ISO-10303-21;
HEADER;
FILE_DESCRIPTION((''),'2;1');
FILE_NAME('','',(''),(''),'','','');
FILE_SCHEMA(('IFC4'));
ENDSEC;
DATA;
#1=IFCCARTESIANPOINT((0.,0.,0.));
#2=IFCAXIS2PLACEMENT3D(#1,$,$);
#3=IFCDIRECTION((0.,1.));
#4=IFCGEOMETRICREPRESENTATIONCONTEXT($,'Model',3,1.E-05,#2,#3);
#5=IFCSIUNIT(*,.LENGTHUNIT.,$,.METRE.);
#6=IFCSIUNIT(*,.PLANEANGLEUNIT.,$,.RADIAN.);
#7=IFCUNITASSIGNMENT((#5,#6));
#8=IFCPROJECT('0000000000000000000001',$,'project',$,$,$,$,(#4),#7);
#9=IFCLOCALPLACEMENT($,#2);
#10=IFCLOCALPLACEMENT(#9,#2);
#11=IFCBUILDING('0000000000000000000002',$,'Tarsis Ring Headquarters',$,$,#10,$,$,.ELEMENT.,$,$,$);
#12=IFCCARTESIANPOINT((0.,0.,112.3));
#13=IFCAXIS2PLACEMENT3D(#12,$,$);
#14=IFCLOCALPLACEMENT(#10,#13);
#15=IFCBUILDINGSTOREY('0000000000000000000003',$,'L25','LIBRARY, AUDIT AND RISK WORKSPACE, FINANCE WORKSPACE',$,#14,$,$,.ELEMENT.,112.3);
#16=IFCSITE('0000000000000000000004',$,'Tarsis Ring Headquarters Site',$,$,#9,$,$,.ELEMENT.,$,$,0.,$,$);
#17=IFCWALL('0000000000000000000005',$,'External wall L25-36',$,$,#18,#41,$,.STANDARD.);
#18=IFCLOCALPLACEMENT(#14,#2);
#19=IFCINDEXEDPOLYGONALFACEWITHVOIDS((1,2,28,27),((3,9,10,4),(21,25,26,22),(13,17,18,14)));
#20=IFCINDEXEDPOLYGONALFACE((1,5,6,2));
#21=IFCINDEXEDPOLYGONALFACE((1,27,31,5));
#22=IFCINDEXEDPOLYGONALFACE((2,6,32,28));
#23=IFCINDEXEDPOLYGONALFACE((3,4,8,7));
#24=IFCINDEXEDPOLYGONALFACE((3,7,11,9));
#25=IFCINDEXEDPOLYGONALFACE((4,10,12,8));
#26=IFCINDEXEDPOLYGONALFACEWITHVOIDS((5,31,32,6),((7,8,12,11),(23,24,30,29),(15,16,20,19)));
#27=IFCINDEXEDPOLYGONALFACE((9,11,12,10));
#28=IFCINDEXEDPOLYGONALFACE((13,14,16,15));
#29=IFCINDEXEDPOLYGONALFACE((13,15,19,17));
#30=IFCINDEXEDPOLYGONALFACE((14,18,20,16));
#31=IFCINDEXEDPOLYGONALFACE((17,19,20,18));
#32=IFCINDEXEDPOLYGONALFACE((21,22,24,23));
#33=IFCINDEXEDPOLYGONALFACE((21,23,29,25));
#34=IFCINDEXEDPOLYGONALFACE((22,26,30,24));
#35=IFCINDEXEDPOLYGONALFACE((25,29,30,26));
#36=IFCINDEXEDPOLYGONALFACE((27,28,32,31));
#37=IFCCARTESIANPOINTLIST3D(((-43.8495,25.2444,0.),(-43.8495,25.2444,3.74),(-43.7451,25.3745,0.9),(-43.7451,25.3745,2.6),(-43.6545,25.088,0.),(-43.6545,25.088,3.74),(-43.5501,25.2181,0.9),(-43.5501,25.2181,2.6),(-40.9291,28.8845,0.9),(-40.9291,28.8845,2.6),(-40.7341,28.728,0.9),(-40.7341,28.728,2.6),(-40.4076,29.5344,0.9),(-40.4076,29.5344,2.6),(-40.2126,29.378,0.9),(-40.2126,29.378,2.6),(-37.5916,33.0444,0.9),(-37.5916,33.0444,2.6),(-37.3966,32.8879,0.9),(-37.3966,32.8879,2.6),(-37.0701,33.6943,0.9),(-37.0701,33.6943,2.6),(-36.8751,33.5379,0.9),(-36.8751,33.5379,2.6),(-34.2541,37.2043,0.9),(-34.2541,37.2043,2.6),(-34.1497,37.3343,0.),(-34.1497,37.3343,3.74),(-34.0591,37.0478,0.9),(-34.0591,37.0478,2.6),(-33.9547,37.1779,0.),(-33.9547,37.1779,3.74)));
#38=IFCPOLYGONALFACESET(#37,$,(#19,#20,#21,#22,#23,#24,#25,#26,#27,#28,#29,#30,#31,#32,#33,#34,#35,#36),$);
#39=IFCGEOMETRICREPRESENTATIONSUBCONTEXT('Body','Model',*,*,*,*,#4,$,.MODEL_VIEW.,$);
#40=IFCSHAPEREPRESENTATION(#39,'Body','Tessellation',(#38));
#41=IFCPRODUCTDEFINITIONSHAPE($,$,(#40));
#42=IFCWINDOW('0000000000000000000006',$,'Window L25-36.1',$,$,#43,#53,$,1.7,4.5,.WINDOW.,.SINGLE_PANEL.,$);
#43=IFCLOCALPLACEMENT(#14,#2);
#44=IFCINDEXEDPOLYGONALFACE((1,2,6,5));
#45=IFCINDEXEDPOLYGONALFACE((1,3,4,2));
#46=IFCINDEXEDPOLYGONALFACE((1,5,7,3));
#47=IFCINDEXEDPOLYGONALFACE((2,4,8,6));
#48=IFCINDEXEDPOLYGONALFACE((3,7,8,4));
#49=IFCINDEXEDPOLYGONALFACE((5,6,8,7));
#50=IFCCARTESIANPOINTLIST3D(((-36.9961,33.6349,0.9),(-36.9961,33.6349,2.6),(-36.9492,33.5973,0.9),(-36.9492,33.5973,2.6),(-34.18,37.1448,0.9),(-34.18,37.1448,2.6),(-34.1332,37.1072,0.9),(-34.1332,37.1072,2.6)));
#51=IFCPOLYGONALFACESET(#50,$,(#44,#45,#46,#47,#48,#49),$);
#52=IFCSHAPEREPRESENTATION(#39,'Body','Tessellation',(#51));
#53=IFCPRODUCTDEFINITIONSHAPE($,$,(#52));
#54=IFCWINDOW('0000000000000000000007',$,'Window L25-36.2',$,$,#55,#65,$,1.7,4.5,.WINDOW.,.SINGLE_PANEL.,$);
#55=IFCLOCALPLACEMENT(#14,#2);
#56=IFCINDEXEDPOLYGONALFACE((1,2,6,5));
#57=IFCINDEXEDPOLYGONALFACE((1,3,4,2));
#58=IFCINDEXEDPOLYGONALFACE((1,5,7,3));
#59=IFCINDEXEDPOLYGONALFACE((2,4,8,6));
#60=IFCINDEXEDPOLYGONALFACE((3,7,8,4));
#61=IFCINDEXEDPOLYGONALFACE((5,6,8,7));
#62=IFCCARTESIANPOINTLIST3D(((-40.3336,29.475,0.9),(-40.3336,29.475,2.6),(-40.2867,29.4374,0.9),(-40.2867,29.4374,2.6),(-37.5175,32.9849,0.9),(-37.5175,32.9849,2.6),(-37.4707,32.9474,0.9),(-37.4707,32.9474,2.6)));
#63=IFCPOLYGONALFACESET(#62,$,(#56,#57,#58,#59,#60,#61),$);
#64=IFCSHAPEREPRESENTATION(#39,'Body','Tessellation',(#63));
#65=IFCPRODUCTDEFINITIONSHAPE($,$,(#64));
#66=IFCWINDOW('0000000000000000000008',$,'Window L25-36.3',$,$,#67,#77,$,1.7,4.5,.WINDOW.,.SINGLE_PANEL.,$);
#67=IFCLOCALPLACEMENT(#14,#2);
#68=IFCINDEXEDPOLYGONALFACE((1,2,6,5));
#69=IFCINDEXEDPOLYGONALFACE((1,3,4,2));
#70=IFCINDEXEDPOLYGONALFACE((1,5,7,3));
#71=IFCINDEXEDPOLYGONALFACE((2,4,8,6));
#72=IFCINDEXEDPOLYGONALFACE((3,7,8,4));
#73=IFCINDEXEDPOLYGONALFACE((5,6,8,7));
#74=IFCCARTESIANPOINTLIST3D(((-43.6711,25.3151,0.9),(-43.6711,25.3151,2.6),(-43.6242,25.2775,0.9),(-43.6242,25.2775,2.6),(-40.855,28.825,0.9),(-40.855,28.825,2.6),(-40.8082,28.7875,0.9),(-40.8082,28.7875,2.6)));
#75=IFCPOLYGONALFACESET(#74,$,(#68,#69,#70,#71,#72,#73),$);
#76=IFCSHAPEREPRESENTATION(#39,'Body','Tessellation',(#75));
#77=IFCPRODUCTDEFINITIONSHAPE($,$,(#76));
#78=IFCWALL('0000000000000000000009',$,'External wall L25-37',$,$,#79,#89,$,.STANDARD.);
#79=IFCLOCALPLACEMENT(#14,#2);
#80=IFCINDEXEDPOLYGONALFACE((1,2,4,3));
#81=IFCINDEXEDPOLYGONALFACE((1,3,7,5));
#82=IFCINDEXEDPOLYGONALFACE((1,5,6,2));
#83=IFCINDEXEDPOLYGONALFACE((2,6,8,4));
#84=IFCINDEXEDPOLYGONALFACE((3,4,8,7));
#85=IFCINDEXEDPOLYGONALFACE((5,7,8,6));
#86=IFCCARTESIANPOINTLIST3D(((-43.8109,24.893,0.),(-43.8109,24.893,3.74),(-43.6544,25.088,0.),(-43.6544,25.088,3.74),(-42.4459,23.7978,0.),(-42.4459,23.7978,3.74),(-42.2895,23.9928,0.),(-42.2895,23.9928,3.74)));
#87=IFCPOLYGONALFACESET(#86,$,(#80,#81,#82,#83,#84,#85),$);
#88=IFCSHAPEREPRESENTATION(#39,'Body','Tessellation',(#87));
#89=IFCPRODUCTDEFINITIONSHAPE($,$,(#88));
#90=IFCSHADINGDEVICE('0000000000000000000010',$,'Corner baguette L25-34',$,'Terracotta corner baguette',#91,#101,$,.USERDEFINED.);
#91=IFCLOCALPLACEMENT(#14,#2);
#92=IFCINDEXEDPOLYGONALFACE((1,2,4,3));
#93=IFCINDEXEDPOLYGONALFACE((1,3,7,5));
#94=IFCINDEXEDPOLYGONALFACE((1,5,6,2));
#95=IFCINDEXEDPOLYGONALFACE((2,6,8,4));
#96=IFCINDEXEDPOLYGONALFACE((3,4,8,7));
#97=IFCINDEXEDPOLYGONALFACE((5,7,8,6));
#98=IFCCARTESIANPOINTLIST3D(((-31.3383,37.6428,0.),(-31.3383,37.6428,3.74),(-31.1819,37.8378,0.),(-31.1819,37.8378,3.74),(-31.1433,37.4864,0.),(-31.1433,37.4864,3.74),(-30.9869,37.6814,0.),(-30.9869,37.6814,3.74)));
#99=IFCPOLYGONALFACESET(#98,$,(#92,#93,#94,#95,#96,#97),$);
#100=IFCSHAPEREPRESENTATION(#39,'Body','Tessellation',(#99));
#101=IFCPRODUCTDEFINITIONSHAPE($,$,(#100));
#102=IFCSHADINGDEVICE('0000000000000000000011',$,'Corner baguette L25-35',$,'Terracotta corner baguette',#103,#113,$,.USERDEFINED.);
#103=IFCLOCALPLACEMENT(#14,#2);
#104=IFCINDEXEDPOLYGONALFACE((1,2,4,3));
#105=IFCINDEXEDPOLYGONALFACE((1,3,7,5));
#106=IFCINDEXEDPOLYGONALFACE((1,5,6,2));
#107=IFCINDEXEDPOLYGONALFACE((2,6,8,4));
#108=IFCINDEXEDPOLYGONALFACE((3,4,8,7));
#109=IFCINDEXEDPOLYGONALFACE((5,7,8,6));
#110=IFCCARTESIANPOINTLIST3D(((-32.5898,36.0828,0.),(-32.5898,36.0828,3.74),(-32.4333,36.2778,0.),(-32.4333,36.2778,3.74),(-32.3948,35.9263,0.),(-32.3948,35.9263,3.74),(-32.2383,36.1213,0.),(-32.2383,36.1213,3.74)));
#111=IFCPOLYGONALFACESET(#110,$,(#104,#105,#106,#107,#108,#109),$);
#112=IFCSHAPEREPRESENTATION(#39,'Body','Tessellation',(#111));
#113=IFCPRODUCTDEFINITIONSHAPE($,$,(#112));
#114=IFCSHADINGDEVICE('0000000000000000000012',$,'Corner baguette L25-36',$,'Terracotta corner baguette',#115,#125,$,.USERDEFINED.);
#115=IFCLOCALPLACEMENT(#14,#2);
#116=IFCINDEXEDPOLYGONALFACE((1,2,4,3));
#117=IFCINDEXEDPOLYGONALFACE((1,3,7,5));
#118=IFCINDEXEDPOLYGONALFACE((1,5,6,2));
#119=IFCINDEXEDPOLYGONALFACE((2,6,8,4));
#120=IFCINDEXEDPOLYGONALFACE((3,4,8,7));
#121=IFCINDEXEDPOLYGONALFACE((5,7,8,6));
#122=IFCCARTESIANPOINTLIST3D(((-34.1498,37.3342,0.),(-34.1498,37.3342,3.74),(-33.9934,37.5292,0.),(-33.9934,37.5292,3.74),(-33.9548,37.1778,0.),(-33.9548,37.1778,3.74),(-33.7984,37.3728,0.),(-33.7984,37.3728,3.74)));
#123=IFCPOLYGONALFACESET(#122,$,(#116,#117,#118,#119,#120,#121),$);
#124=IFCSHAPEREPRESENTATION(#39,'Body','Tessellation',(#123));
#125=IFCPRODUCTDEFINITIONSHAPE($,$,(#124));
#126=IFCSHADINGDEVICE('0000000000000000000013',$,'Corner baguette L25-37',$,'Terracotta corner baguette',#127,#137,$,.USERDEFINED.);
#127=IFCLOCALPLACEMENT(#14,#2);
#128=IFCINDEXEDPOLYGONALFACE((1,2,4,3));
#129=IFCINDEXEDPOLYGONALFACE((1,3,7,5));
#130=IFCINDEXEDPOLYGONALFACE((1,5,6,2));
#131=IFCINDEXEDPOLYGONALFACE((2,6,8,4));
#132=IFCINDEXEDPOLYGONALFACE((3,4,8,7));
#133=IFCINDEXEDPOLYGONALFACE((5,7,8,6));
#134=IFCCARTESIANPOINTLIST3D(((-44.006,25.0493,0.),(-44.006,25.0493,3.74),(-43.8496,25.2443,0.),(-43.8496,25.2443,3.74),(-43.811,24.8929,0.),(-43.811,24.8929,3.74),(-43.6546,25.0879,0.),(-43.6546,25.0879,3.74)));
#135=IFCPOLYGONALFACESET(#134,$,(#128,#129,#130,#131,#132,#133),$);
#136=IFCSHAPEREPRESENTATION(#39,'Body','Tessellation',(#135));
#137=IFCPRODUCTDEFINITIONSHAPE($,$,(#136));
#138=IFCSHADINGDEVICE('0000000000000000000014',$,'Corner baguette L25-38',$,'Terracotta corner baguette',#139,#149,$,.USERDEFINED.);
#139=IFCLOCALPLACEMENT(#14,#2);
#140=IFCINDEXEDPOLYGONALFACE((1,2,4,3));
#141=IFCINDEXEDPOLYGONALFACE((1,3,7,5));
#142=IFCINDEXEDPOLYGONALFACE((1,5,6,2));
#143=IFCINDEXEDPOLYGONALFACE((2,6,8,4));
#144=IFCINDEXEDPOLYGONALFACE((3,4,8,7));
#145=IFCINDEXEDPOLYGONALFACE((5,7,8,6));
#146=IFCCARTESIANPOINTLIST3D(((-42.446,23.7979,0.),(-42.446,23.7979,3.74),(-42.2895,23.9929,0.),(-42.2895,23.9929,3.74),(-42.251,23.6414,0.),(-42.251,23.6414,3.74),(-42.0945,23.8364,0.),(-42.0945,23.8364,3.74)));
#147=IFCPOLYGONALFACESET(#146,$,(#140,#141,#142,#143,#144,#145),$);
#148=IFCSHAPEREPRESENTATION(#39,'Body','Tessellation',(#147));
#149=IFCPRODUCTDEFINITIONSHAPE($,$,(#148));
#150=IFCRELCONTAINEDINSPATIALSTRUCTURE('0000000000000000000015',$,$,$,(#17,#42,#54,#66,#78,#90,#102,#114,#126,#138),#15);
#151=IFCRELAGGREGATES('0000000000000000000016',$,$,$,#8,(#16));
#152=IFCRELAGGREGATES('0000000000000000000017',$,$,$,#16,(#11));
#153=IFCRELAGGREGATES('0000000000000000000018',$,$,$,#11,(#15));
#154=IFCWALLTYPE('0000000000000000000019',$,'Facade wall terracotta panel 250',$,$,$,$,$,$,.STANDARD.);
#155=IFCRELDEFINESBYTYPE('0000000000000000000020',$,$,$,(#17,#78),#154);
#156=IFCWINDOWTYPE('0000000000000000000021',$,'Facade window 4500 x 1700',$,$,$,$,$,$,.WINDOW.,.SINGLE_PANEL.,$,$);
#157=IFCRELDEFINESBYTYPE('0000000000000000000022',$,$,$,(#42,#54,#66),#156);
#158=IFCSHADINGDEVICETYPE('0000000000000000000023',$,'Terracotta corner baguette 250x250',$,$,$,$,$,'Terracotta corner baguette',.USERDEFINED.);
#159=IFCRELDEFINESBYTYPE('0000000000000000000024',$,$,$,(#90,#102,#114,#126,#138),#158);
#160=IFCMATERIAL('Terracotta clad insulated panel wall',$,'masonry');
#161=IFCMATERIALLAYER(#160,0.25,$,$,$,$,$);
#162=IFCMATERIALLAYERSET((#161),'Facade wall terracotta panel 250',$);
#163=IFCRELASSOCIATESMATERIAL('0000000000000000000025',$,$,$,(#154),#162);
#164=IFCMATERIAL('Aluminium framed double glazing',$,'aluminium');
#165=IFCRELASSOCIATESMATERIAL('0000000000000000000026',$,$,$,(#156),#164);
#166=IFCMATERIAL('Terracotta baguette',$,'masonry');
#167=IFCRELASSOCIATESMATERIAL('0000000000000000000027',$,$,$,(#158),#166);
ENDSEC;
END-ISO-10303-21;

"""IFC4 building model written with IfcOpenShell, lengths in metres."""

from ifc_helpers import new_model, si_unit, direction, frame, frame_2d, origin, origin_2d, place, context, subcontext, project, spatial, rectangle, extrude, material, layer, layer_set, type_object, element, fill, save


model = new_model("IFC4")

# Units and contexts
model_context = context("Model", 3, precision=1e-05, world=origin(), true_north=direction((0.0, 1.0)))
body_context = subcontext(model_context, "Body", "Model", "MODEL_VIEW")
ifc_project = project(units=[si_unit("LENGTHUNIT", "METRE"), si_unit("PLANEANGLEUNIT", "RADIAN")], contexts=[model_context])

# Site, building, storey
site_placement = place(None, origin())
site = spatial("IfcSite", under=ifc_project, at=site_placement, Name="Tarsis Ring Headquarters Site", CompositionType="ELEMENT", RefElevation=0.0)
building_placement = place(site_placement, origin())
building = spatial("IfcBuilding", under=site, at=building_placement, Name="Tarsis Ring Headquarters", CompositionType="ELEMENT")
storey_placement = place(building_placement, frame((0.0, 0.0, 112.3)))
storey = spatial("IfcBuildingStorey", under=building, at=storey_placement, Name="L25", Description="LIBRARY, AUDIT AND RISK WORKSPACE, FINANCE WORKSPACE", CompositionType="ELEMENT", Elevation=112.3)

# Shared definitions
ifc_material_1 = material(Name="Terracotta clad insulated panel wall", Category="masonry")
ifc_layer_1 = layer(ifc_material_1, 0.25)
ifc_layer_set_1 = layer_set([ifc_layer_1], Name="Facade wall terracotta panel 250")
wall_type_1 = type_object("IfcWallType", Name="Facade wall terracotta panel 250", PredefinedType="STANDARD", material=ifc_layer_set_1)

# Wall, openings, windows
wall_1_placement = place(storey_placement, frame((-34.0522, 37.2561, 0.0), z_axis=(0.0, 0.0, 1.0), x_axis=(-0.625789, -0.779992, 0.0)))
wall_1 = element("IfcWall", 1, at=wall_1_placement, inside=storey, type_object=wall_type_1, Name="External wall L25-36", PredefinedType="STANDARD", context=body_context, shape_type="SweptSolid", body=[
    extrude(rectangle(XDim=15.5, YDim=0.25, at=frame_2d((7.75, 0.0))), origin(), (0.0, 0.0, 1.0), 3.74),
])
opening_1_placement = place(wall_1_placement, frame((0.1667, 0.0, 0.8999)))
opening_1 = element("IfcOpeningElement", 2, at=opening_1_placement, cuts=wall_1, PredefinedType="OPENING", context=body_context, shape_type="SweptSolid", body=[
    extrude(rectangle(XDim=4.5, YDim=1.7, at=frame_2d((2.25, 0.8501))), frame((0.0, 0.135, 0.0), z_axis=(0.0, -1.0, 0.0), x_axis=(1.0, 0.0, 0.0)), (0.0, 0.0, 1.0), 0.27),
])
opening_2_placement = place(wall_1_placement, frame((5.5, 0.0, 0.8999)))
opening_2 = element("IfcOpeningElement", 3, at=opening_2_placement, cuts=wall_1, PredefinedType="OPENING", context=body_context, shape_type="SweptSolid", body=[
    extrude(rectangle(XDim=4.5, YDim=1.7, at=frame_2d((2.25, 0.8501))), frame((0.0, 0.135, 0.0), z_axis=(0.0, -1.0, 0.0), x_axis=(1.0, 0.0, 0.0)), (0.0, 0.0, 1.0), 0.27),
])
opening_3_placement = place(wall_1_placement, frame((10.8333, 0.0, 0.8999)))
opening_3 = element("IfcOpeningElement", 4, at=opening_3_placement, cuts=wall_1, PredefinedType="OPENING", context=body_context, shape_type="SweptSolid", body=[
    extrude(rectangle(XDim=4.5, YDim=1.7, at=frame_2d((2.25, 0.8501))), frame((0.0, 0.135, 0.0), z_axis=(0.0, -1.0, 0.0), x_axis=(1.0, 0.0, 0.0)), (0.0, 0.0, 1.0), 0.27),
])
ifc_material_2 = material(Name="Aluminium framed double glazing", Category="aluminium")
window_type = type_object("IfcWindowType", Name="Facade window 4500 x 1700", PartitioningType="SINGLE_PANEL", PredefinedType="WINDOW", material=ifc_material_2)
window_1_placement = place(opening_1_placement, origin())
window_1 = element("IfcWindow", 5, at=window_1_placement, inside=storey, type_object=window_type, Name="Window L25-36.1", OverallHeight=1.7, OverallWidth=4.5, PartitioningType="SINGLE_PANEL", PredefinedType="WINDOW", context=body_context, shape_type="SweptSolid", body=[
    extrude(rectangle(XDim=4.5, YDim=1.7, at=frame_2d((2.25, 0.8501))), frame((0.0, 0.03, 0.0), z_axis=(0.0, -1.0, 0.0), x_axis=(1.0, 0.0, 0.0)), (0.0, 0.0, 1.0), 0.0601),
])
fill(opening_1, window_1)
window_2_placement = place(opening_2_placement, origin())
window_2 = element("IfcWindow", 6, at=window_2_placement, inside=storey, type_object=window_type, Name="Window L25-36.2", OverallHeight=1.7, OverallWidth=4.5, PartitioningType="SINGLE_PANEL", PredefinedType="WINDOW", context=body_context, shape_type="SweptSolid", body=[
    extrude(rectangle(XDim=4.5, YDim=1.7, at=frame_2d((2.25, 0.8501))), frame((0.0, 0.03, 0.0), z_axis=(0.0, -1.0, 0.0), x_axis=(1.0, 0.0, 0.0)), (0.0, 0.0, 1.0), 0.0601),
])
fill(opening_2, window_2)
window_3_placement = place(opening_3_placement, origin())
window_3 = element("IfcWindow", 7, at=window_3_placement, inside=storey, type_object=window_type, Name="Window L25-36.3", OverallHeight=1.7, OverallWidth=4.5, PartitioningType="SINGLE_PANEL", PredefinedType="WINDOW", context=body_context, shape_type="SweptSolid", body=[
    extrude(rectangle(XDim=4.5, YDim=1.7, at=frame_2d((2.25, 0.8501))), frame((0.0, 0.03, 0.0), z_axis=(0.0, -1.0, 0.0), x_axis=(1.0, 0.0, 0.0)), (0.0, 0.0, 1.0), 0.0601),
])
fill(opening_3, window_3)

# Wall
wall_2_placement = place(storey_placement, frame((-43.7327, 24.9905, 0.0), z_axis=(0.0, 0.0, 1.0), x_axis=(0.77997, -0.625817, 0.0)))
element("IfcWall", 8, at=wall_2_placement, inside=storey, type_object=wall_type_1, Name="External wall L25-37", PredefinedType="STANDARD", context=body_context, shape_type="SweptSolid", body=[
    extrude(rectangle(XDim=1.75, YDim=0.25, at=frame_2d((0.875, 0.0))), origin(), (0.0, 0.0, 1.0), 3.74),
])

# Shading devices
ifc_material_3 = material(Name="Terracotta baguette", Category="masonry")
shading_device_type_1 = type_object("IfcShadingDeviceType", Name="Terracotta corner baguette 250x250", ElementType="Terracotta corner baguette", PredefinedType="USERDEFINED", material=ifc_material_3)
for number, where, z_axis, x_axis, name in (
    (9, (-31.1626, 37.6621, 0.0), (0.0, 0.0, 1.0), (-0.779994, 0.625787, 0.0), "Corner baguette L25-34"),
    (10, (-32.4141, 36.1021, 0.0), (0.0, 0.0, 1.0), (-0.625787, -0.779994, 0.0), "Corner baguette L25-35"),
    (11, (-33.9741, 37.3535, 0.0), (0.0, 0.0, 1.0), (-0.779994, 0.625788, 0.0), "Corner baguette L25-36"),
    (12, (-43.8303, 25.0686, 0.0), (0.0, 0.0, 1.0), (-0.625787, -0.779994, 0.0), "Corner baguette L25-37"),
    (13, (-42.2703, 23.8171, 0.0), (0.0, 0.0, 1.0), (0.779994, -0.625787, 0.0), "Corner baguette L25-38"),
):
    element("IfcShadingDevice", number, at=place(storey_placement, frame(where, z_axis=z_axis, x_axis=x_axis)), inside=storey, type_object=shading_device_type_1, Name=name, ObjectType="Terracotta corner baguette", PredefinedType="USERDEFINED", context=body_context, shape_type="SweptSolid", body=[
        extrude(rectangle(XDim=0.25, YDim=0.25, at=origin_2d()), origin(), (0.0, 0.0, 1.0), 3.74),
    ])

save(model, "model.ifc")
